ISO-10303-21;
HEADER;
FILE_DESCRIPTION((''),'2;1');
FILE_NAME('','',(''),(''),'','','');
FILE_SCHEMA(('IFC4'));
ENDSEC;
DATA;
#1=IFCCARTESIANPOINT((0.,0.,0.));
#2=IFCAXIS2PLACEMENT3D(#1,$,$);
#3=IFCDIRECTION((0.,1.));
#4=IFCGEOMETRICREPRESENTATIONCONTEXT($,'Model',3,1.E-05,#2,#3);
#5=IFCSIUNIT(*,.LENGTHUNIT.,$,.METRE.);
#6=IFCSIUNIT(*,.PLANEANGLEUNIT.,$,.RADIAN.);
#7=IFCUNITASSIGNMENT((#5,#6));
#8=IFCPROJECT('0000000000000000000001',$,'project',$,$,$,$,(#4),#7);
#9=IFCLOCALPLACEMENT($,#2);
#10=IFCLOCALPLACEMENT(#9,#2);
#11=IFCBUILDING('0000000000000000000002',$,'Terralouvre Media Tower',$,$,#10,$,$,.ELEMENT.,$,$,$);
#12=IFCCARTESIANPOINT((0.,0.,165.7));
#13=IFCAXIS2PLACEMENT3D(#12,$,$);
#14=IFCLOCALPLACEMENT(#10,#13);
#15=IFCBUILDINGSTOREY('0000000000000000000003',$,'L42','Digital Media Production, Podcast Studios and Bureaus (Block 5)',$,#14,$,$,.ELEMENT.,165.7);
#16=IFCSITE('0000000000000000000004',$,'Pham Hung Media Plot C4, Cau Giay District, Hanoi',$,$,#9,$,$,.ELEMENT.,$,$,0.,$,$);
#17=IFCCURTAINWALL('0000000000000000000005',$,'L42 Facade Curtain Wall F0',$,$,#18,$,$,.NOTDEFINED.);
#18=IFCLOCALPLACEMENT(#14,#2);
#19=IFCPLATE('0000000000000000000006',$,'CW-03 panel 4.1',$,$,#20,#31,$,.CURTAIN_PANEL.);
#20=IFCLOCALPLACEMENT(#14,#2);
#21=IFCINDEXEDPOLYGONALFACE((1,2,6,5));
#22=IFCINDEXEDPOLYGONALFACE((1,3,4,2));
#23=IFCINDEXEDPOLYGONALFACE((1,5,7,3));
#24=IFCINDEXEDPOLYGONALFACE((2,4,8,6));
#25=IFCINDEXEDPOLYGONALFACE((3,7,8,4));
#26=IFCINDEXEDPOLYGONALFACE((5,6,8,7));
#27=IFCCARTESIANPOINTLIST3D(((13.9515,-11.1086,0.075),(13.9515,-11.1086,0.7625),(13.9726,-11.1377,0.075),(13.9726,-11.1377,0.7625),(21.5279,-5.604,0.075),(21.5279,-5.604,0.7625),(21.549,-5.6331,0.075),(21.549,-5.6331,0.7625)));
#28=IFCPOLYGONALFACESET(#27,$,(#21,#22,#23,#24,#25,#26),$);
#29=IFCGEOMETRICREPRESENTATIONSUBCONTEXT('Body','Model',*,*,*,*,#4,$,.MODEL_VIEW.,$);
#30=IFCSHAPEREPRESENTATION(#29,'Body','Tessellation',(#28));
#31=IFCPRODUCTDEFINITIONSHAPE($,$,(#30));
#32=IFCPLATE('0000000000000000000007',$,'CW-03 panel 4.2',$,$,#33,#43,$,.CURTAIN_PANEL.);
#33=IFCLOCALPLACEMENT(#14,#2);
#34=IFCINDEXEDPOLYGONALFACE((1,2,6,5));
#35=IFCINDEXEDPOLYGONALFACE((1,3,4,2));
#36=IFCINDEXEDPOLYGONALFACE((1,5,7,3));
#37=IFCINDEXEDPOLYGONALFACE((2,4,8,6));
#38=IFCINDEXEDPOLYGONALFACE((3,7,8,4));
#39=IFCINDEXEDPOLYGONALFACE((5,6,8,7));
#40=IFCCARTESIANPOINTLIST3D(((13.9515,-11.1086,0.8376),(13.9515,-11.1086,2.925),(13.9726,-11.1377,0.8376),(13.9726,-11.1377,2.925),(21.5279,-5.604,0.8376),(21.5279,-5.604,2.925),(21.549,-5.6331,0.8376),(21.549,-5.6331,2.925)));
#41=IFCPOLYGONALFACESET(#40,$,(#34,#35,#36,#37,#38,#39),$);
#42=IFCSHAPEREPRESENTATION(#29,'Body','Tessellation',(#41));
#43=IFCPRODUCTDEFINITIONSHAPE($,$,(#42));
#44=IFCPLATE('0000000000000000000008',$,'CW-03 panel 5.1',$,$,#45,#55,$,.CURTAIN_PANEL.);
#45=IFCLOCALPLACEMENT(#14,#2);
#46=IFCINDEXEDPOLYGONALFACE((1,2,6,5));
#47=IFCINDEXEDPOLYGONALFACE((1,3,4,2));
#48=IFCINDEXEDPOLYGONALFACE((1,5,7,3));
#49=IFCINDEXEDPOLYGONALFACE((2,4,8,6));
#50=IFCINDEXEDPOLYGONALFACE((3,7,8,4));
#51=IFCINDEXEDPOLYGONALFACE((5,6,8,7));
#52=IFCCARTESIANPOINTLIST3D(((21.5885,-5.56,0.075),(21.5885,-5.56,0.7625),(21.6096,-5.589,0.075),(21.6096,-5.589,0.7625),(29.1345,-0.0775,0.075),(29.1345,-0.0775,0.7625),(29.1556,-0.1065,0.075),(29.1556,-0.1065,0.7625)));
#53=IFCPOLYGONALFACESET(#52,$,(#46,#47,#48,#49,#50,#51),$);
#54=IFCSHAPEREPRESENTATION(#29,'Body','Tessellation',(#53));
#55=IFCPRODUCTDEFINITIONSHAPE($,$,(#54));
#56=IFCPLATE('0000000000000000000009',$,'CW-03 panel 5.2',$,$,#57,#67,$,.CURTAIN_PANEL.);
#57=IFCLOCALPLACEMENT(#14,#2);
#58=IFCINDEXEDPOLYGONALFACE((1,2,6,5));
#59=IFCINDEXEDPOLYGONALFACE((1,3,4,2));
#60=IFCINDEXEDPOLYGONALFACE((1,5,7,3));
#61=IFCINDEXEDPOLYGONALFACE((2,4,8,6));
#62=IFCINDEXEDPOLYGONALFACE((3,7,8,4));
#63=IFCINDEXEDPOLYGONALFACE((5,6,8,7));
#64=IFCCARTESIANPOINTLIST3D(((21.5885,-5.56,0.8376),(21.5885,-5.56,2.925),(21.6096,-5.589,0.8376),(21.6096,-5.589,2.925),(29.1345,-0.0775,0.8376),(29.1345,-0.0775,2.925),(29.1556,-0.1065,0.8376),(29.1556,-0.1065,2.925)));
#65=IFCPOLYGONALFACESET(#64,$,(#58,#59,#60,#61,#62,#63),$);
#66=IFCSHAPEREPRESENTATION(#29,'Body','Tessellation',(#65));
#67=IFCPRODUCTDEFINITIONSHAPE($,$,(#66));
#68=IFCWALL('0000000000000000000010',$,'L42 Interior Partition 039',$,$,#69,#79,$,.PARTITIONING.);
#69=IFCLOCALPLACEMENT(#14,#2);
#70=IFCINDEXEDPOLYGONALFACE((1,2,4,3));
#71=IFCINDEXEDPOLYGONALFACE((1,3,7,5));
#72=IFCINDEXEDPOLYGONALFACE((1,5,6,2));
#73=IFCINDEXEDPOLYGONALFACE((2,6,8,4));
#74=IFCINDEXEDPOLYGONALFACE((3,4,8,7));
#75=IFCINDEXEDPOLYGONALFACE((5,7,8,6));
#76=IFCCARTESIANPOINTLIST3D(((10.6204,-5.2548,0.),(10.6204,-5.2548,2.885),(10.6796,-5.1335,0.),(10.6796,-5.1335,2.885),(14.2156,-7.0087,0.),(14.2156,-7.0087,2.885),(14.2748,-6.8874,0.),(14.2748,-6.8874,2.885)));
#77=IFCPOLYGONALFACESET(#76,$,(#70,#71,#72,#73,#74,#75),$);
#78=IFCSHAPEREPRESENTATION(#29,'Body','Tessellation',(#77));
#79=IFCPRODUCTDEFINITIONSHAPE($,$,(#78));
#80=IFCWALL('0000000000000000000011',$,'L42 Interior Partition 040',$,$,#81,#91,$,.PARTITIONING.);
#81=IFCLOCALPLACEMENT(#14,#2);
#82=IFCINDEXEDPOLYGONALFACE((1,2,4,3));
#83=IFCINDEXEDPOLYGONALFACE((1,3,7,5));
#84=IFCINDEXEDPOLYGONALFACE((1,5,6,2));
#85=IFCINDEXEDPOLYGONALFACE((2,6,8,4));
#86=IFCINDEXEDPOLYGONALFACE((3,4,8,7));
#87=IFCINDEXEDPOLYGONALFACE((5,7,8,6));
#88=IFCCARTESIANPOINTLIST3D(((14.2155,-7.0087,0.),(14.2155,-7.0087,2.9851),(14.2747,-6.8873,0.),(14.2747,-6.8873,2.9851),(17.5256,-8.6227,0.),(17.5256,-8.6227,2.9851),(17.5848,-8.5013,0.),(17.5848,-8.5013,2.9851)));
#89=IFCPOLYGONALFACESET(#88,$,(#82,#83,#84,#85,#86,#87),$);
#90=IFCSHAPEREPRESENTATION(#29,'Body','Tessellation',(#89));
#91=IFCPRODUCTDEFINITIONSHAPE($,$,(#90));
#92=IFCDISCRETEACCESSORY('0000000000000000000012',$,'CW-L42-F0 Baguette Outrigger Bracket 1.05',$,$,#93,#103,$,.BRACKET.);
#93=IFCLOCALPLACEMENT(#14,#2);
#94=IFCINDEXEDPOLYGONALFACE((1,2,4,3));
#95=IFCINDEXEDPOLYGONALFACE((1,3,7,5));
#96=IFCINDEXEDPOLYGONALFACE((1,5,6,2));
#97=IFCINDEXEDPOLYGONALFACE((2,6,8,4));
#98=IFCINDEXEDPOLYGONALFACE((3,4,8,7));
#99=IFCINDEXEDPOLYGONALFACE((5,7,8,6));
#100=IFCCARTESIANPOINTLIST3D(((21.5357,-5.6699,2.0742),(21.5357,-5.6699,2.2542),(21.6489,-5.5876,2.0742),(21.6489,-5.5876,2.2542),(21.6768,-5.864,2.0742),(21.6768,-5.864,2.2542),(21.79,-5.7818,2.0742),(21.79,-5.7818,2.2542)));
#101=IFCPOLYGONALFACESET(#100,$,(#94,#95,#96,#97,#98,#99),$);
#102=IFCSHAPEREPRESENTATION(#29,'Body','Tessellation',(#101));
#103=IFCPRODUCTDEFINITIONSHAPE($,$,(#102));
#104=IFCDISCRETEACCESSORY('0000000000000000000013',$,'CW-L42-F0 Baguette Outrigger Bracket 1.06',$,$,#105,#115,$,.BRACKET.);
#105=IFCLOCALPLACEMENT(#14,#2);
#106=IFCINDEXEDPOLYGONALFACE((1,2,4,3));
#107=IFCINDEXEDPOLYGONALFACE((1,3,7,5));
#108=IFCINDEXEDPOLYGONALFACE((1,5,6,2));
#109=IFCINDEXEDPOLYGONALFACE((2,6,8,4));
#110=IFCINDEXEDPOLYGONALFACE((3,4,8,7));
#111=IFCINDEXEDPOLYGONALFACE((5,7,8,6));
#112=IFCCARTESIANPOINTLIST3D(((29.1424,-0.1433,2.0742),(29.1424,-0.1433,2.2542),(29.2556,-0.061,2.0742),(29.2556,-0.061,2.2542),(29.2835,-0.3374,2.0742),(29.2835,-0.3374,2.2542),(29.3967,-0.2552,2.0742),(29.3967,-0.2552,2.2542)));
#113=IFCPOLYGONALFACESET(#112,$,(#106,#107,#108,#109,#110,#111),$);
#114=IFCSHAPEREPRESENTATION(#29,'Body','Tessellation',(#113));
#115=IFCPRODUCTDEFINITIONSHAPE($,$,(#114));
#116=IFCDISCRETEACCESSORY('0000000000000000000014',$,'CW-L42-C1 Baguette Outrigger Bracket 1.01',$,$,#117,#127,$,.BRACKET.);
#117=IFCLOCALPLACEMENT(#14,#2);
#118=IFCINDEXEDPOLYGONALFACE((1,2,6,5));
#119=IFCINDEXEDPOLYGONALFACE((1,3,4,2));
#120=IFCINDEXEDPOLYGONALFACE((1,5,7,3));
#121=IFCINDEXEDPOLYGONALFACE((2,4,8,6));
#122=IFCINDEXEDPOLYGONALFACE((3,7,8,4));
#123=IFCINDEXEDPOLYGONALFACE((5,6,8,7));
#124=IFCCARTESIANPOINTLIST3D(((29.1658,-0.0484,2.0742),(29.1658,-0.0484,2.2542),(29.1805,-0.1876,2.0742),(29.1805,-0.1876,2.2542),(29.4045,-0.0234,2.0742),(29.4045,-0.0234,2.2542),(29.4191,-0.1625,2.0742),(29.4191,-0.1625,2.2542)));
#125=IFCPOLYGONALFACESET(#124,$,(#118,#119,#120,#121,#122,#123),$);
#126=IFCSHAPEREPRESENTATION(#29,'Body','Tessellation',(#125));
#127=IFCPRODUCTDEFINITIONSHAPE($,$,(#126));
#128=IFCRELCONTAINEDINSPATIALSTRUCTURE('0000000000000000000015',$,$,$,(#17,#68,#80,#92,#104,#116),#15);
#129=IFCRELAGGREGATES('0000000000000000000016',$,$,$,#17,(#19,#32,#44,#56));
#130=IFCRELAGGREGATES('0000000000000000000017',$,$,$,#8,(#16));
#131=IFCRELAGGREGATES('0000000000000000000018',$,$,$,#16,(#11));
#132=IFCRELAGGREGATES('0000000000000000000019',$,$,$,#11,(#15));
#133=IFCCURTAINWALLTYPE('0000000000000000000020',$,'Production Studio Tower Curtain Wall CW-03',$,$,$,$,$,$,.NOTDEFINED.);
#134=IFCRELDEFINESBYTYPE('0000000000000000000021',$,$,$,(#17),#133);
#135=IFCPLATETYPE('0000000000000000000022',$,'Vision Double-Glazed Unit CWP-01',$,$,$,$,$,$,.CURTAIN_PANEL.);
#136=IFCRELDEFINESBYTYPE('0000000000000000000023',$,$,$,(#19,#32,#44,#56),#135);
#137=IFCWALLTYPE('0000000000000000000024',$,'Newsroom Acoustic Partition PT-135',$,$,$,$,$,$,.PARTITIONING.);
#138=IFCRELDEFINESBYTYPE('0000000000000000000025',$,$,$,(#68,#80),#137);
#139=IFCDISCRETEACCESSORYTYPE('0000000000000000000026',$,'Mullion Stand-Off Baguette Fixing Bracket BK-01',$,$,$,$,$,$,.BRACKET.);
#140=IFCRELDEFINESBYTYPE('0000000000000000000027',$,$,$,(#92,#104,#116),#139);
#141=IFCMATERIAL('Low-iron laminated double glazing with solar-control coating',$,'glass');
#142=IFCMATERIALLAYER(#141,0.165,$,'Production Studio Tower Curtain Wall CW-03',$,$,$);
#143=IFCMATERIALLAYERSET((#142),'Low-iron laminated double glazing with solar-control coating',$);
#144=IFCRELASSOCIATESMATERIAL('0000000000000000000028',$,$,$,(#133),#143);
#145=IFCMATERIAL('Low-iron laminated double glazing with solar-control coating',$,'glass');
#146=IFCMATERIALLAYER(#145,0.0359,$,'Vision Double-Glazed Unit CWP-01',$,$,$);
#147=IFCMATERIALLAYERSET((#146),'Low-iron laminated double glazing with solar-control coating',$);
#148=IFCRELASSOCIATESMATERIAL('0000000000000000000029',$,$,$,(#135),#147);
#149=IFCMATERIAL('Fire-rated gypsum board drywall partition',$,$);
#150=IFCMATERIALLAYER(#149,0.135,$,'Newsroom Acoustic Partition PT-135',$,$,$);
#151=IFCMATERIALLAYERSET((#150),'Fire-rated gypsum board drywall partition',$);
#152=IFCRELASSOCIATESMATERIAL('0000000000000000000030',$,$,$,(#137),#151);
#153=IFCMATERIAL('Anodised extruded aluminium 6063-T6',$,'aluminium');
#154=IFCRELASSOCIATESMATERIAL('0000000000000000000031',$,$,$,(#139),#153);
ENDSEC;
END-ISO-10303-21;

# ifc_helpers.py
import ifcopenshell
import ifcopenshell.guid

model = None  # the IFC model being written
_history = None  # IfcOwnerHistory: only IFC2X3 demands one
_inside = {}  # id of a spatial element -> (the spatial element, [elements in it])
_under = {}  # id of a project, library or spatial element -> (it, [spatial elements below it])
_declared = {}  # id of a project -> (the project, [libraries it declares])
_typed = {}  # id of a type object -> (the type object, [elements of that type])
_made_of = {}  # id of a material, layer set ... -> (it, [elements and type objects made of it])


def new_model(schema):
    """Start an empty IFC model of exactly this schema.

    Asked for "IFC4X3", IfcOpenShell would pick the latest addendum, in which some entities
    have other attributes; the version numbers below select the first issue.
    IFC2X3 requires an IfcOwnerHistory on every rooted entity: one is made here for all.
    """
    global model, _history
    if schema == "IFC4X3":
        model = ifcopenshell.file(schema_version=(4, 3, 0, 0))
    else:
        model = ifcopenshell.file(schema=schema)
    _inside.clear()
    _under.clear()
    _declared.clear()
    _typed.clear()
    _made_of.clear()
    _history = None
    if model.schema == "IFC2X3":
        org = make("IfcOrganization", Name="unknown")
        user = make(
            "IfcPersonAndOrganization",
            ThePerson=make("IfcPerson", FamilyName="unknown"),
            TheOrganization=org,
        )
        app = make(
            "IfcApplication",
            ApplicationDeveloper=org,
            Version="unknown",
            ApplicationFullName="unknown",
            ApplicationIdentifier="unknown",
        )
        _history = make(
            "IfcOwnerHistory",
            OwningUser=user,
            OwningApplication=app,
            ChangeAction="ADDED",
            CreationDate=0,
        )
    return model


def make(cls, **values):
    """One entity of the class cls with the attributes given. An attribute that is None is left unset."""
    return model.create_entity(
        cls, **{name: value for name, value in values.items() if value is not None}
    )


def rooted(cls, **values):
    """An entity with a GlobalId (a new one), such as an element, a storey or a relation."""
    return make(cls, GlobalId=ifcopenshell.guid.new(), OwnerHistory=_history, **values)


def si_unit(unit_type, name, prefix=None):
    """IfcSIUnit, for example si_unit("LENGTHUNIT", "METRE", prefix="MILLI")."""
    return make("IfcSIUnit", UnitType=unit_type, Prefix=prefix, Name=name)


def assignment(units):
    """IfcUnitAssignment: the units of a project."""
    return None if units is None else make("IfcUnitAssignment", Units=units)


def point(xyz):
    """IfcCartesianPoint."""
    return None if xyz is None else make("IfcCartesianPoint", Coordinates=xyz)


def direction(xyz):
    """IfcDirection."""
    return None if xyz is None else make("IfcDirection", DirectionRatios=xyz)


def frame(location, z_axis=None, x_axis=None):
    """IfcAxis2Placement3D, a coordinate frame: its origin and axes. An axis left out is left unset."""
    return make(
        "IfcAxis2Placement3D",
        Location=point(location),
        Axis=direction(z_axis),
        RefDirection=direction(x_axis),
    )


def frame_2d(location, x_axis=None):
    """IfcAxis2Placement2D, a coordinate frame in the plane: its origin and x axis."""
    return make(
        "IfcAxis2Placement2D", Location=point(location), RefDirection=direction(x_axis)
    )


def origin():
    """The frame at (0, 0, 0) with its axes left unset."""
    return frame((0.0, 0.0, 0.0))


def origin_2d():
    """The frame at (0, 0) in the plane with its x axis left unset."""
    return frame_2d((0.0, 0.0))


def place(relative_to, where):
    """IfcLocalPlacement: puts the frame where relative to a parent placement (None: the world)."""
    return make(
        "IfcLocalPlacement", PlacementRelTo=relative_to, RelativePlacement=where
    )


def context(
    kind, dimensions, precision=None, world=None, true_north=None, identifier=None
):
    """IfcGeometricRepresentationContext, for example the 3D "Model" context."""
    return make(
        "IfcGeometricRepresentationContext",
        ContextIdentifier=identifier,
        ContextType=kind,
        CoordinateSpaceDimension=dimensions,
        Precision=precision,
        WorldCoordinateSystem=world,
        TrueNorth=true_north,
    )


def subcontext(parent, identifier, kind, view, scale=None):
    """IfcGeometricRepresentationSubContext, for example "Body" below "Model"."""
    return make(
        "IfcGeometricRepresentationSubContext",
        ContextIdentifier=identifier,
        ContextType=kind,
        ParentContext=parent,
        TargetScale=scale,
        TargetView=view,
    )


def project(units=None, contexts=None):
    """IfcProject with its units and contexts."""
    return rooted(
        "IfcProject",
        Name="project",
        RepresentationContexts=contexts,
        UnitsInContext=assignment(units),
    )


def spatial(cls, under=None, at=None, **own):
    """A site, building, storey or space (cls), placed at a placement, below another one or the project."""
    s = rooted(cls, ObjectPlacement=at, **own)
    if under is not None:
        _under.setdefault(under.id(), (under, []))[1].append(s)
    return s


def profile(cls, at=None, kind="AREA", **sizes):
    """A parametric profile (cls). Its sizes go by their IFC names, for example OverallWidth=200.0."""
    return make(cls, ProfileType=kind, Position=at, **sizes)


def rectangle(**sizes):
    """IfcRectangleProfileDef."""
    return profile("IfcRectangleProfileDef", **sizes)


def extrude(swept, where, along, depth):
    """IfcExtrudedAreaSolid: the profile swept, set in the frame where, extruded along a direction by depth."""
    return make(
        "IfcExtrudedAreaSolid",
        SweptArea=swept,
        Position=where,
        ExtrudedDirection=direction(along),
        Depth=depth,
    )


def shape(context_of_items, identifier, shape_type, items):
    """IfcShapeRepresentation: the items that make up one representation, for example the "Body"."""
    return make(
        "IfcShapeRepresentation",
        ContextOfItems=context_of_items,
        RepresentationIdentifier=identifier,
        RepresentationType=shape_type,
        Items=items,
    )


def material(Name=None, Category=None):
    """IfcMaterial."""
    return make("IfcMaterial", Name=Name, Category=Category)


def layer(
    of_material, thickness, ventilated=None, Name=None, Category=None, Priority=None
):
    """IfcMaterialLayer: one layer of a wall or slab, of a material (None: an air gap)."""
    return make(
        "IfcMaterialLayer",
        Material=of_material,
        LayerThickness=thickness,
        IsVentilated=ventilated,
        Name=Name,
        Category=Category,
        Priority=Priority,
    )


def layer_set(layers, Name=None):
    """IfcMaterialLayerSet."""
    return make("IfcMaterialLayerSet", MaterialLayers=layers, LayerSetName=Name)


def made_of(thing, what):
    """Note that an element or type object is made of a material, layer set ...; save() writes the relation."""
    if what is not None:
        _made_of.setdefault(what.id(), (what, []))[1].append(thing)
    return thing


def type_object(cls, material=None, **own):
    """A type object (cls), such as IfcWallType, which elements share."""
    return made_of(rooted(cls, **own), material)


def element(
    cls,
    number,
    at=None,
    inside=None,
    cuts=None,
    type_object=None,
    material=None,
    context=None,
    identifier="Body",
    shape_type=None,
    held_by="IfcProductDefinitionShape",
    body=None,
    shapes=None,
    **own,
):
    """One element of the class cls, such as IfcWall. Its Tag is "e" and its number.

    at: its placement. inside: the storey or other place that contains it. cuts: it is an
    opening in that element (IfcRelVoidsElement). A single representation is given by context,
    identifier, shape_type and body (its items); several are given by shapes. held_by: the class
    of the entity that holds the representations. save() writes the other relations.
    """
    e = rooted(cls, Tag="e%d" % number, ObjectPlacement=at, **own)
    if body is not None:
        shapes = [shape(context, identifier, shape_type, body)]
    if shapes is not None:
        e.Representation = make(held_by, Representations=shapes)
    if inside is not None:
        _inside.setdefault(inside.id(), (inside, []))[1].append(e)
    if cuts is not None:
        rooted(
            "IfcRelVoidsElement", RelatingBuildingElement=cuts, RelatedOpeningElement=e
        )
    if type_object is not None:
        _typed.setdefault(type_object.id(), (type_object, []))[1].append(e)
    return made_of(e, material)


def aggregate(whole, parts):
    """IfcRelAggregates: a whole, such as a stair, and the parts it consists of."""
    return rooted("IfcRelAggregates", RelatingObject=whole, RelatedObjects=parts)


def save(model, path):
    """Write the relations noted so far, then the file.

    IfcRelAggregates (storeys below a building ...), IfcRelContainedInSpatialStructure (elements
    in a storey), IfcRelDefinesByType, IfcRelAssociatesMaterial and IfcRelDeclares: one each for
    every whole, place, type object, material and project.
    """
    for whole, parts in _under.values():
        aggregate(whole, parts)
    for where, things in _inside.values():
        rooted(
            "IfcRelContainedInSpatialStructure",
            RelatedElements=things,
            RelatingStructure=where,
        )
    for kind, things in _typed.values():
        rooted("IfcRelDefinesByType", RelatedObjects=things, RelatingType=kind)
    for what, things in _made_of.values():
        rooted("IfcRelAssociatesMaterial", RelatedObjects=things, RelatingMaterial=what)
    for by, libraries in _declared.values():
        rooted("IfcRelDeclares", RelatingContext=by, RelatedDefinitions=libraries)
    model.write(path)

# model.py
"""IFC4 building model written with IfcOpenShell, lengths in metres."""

from ifc_helpers import new_model, si_unit, direction, frame, frame_2d, origin, origin_2d, place, context, subcontext, project, spatial, rectangle, extrude, material, layer, layer_set, type_object, element, aggregate, save


model = new_model("IFC4")

# Units and contexts
model_context = context("Model", 3, precision=1e-05, world=origin(), true_north=direction((0.0, 1.0)))
body_context = subcontext(model_context, "Body", "Model", "MODEL_VIEW")
ifc_project = project(units=[si_unit("LENGTHUNIT", "METRE"), si_unit("PLANEANGLEUNIT", "RADIAN")], contexts=[model_context])

# Site, building, storey
site_placement = place(None, origin())
site = spatial("IfcSite", under=ifc_project, at=site_placement, Name="Pham Hung Media Plot C4, Cau Giay District, Hanoi", CompositionType="ELEMENT", RefElevation=0.0)
building_placement = place(site_placement, origin())
building = spatial("IfcBuilding", under=site, at=building_placement, Name="Terralouvre Media Tower", CompositionType="ELEMENT")
storey_placement = place(building_placement, frame((0.0, 0.0, 165.7)))
storey = spatial("IfcBuildingStorey", under=building, at=storey_placement, Name="L42", Description="Digital Media Production, Podcast Studios and Bureaus (Block 5)", CompositionType="ELEMENT", Elevation=165.7)

# Curtain wall
ifc_material_1 = material(Name="Low-iron laminated double glazing with solar-control coating", Category="glass")
ifc_layer_1 = layer(ifc_material_1, 0.165, Name="Production Studio Tower Curtain Wall CW-03")
ifc_layer_set_1 = layer_set([ifc_layer_1], Name="Low-iron laminated double glazing with solar-control coating")
curtain_wall_type_1 = type_object("IfcCurtainWallType", Name="Production Studio Tower Curtain Wall CW-03", PredefinedType="NOTDEFINED", material=ifc_layer_set_1)
curtain_wall_1_placement = place(storey_placement, origin())
curtain_wall_1 = element("IfcCurtainWall", 1, at=curtain_wall_1_placement, inside=storey, type_object=curtain_wall_type_1, Name="L42 Facade Curtain Wall F0", PredefinedType="NOTDEFINED")

# Plates
ifc_material_2 = material(Name="Low-iron laminated double glazing with solar-control coating", Category="glass")
ifc_layer_2 = layer(ifc_material_2, 0.0359, Name="Vision Double-Glazed Unit CWP-01")
ifc_layer_set_2 = layer_set([ifc_layer_2], Name="Low-iron laminated double glazing with solar-control coating")
plate_type = type_object("IfcPlateType", Name="Vision Double-Glazed Unit CWP-01", PredefinedType="CURTAIN_PANEL", material=ifc_layer_set_2)
plate_1_placement = place(storey_placement, frame((17.7502, -8.3708, 0.075), z_axis=(0.0, 0.0, 1.0), x_axis=(0.809017, 0.587785, 0.0)))
plate_1 = element("IfcPlate", 2, at=plate_1_placement, type_object=plate_type, Name="CW-03 panel 4.1", PredefinedType="CURTAIN_PANEL", context=body_context, shape_type="SweptSolid", body=[
    extrude(rectangle(XDim=9.365, YDim=0.0359, at=origin_2d()), origin(), (0.0, 0.0, 1.0), 0.6875),
])
plate_2_placement = place(storey_placement, frame((17.7502, -8.3708, 0.8376), z_axis=(0.0, 0.0, 1.0), x_axis=(0.809017, 0.587785, 0.0)))
plate_2 = element("IfcPlate", 3, at=plate_2_placement, type_object=plate_type, Name="CW-03 panel 4.2", PredefinedType="CURTAIN_PANEL", context=body_context, shape_type="SweptSolid", body=[
    extrude(rectangle(XDim=9.365, YDim=0.0359, at=origin_2d()), origin(), (0.0, 0.0, 1.0), 2.0874),
])
plate_3_placement = place(storey_placement, frame((25.3721, -2.8333, 0.075), z_axis=(0.0, 0.0, 1.0), x_axis=(0.809017, 0.587785, 0.0)))
plate_3 = element("IfcPlate", 4, at=plate_3_placement, type_object=plate_type, Name="CW-03 panel 5.1", PredefinedType="CURTAIN_PANEL", context=body_context, shape_type="SweptSolid", body=[
    extrude(rectangle(XDim=9.3274, YDim=0.0359, at=origin_2d()), origin(), (0.0, 0.0, 1.0), 0.6875),
])
plate_4_placement = place(storey_placement, frame((25.3721, -2.8333, 0.8376), z_axis=(0.0, 0.0, 1.0), x_axis=(0.809017, 0.587785, 0.0)))
plate_4 = element("IfcPlate", 5, at=plate_4_placement, type_object=plate_type, Name="CW-03 panel 5.2", PredefinedType="CURTAIN_PANEL", context=body_context, shape_type="SweptSolid", body=[
    extrude(rectangle(XDim=9.3274, YDim=0.0359, at=origin_2d()), origin(), (0.0, 0.0, 1.0), 2.0874),
])
aggregate(curtain_wall_1, [plate_1, plate_2, plate_3, plate_4])

# Walls
ifc_material_3 = material(Name="Fire-rated gypsum board drywall partition")
ifc_layer_3 = layer(ifc_material_3, 0.135, Name="Newsroom Acoustic Partition PT-135")
ifc_layer_set_3 = layer_set([ifc_layer_3], Name="Fire-rated gypsum board drywall partition")
wall_type = type_object("IfcWallType", Name="Newsroom Acoustic Partition PT-135", PredefinedType="PARTITIONING", material=ifc_layer_set_3)
wall_1_placement = place(storey_placement, frame((14.2451, -6.948, 0.0), z_axis=(0.0, 0.0, 1.0), x_axis=(-0.898754, 0.438452, 0.0)))
element("IfcWall", 6, at=wall_1_placement, inside=storey, type_object=wall_type, Name="L42 Interior Partition 039", PredefinedType="PARTITIONING", context=body_context, shape_type="SweptSolid", body=[
    extrude(rectangle(XDim=4.0002, YDim=0.135, at=frame_2d((2.0, 0.0))), origin(), (0.0, 0.0, 1.0), 2.885),
])
wall_2_placement = place(storey_placement, frame((17.5552, -8.562, 0.0), z_axis=(0.0, 0.0, 1.0), x_axis=(-0.898838, 0.438281, 0.0)))
element("IfcWall", 7, at=wall_2_placement, inside=storey, type_object=wall_type, Name="L42 Interior Partition 040", PredefinedType="PARTITIONING", context=body_context, shape_type="SweptSolid", body=[
    extrude(rectangle(XDim=3.6826, YDim=0.135, at=frame_2d((1.8413, 0.0))), origin(), (0.0, 0.0, 1.0), 2.9851),
])

# Discrete accessories
ifc_material_4 = material(Name="Anodised extruded aluminium 6063-T6", Category="aluminium")
discrete_accessory_type = type_object("IfcDiscreteAccessoryType", Name="Mullion Stand-Off Baguette Fixing Bracket BK-01", PredefinedType="BRACKET", material=ifc_material_4)
for number, where, z_axis, x_axis, name in (
    (8, (21.6628, -5.7258, 2.0742), (0.0, 0.0, 1.0), (0.809017, 0.587785, 0.0), "CW-L42-F0 Baguette Outrigger Bracket 1.05"),
    (9, (29.2695, -0.1992, 2.0742), (0.0, 0.0, 1.0), (0.809017, 0.587785, 0.0), "CW-L42-F0 Baguette Outrigger Bracket 1.06"),
    (10, (29.2925, -0.1055, 2.0742), (0.0, 0.0, 1.0), (-0.104529, 0.994522, 0.0), "CW-L42-C1 Baguette Outrigger Bracket 1.01"),
):
    element("IfcDiscreteAccessory", number, at=place(storey_placement, frame(where, z_axis=z_axis, x_axis=x_axis)), inside=storey, type_object=discrete_accessory_type, Name=name, PredefinedType="BRACKET", context=body_context, shape_type="SweptSolid", body=[
        extrude(rectangle(XDim=0.1399, YDim=0.24, at=origin_2d()), origin(), (0.0, 0.0, 1.0), 0.1799),
    ])

save(model, "model.ifc")
